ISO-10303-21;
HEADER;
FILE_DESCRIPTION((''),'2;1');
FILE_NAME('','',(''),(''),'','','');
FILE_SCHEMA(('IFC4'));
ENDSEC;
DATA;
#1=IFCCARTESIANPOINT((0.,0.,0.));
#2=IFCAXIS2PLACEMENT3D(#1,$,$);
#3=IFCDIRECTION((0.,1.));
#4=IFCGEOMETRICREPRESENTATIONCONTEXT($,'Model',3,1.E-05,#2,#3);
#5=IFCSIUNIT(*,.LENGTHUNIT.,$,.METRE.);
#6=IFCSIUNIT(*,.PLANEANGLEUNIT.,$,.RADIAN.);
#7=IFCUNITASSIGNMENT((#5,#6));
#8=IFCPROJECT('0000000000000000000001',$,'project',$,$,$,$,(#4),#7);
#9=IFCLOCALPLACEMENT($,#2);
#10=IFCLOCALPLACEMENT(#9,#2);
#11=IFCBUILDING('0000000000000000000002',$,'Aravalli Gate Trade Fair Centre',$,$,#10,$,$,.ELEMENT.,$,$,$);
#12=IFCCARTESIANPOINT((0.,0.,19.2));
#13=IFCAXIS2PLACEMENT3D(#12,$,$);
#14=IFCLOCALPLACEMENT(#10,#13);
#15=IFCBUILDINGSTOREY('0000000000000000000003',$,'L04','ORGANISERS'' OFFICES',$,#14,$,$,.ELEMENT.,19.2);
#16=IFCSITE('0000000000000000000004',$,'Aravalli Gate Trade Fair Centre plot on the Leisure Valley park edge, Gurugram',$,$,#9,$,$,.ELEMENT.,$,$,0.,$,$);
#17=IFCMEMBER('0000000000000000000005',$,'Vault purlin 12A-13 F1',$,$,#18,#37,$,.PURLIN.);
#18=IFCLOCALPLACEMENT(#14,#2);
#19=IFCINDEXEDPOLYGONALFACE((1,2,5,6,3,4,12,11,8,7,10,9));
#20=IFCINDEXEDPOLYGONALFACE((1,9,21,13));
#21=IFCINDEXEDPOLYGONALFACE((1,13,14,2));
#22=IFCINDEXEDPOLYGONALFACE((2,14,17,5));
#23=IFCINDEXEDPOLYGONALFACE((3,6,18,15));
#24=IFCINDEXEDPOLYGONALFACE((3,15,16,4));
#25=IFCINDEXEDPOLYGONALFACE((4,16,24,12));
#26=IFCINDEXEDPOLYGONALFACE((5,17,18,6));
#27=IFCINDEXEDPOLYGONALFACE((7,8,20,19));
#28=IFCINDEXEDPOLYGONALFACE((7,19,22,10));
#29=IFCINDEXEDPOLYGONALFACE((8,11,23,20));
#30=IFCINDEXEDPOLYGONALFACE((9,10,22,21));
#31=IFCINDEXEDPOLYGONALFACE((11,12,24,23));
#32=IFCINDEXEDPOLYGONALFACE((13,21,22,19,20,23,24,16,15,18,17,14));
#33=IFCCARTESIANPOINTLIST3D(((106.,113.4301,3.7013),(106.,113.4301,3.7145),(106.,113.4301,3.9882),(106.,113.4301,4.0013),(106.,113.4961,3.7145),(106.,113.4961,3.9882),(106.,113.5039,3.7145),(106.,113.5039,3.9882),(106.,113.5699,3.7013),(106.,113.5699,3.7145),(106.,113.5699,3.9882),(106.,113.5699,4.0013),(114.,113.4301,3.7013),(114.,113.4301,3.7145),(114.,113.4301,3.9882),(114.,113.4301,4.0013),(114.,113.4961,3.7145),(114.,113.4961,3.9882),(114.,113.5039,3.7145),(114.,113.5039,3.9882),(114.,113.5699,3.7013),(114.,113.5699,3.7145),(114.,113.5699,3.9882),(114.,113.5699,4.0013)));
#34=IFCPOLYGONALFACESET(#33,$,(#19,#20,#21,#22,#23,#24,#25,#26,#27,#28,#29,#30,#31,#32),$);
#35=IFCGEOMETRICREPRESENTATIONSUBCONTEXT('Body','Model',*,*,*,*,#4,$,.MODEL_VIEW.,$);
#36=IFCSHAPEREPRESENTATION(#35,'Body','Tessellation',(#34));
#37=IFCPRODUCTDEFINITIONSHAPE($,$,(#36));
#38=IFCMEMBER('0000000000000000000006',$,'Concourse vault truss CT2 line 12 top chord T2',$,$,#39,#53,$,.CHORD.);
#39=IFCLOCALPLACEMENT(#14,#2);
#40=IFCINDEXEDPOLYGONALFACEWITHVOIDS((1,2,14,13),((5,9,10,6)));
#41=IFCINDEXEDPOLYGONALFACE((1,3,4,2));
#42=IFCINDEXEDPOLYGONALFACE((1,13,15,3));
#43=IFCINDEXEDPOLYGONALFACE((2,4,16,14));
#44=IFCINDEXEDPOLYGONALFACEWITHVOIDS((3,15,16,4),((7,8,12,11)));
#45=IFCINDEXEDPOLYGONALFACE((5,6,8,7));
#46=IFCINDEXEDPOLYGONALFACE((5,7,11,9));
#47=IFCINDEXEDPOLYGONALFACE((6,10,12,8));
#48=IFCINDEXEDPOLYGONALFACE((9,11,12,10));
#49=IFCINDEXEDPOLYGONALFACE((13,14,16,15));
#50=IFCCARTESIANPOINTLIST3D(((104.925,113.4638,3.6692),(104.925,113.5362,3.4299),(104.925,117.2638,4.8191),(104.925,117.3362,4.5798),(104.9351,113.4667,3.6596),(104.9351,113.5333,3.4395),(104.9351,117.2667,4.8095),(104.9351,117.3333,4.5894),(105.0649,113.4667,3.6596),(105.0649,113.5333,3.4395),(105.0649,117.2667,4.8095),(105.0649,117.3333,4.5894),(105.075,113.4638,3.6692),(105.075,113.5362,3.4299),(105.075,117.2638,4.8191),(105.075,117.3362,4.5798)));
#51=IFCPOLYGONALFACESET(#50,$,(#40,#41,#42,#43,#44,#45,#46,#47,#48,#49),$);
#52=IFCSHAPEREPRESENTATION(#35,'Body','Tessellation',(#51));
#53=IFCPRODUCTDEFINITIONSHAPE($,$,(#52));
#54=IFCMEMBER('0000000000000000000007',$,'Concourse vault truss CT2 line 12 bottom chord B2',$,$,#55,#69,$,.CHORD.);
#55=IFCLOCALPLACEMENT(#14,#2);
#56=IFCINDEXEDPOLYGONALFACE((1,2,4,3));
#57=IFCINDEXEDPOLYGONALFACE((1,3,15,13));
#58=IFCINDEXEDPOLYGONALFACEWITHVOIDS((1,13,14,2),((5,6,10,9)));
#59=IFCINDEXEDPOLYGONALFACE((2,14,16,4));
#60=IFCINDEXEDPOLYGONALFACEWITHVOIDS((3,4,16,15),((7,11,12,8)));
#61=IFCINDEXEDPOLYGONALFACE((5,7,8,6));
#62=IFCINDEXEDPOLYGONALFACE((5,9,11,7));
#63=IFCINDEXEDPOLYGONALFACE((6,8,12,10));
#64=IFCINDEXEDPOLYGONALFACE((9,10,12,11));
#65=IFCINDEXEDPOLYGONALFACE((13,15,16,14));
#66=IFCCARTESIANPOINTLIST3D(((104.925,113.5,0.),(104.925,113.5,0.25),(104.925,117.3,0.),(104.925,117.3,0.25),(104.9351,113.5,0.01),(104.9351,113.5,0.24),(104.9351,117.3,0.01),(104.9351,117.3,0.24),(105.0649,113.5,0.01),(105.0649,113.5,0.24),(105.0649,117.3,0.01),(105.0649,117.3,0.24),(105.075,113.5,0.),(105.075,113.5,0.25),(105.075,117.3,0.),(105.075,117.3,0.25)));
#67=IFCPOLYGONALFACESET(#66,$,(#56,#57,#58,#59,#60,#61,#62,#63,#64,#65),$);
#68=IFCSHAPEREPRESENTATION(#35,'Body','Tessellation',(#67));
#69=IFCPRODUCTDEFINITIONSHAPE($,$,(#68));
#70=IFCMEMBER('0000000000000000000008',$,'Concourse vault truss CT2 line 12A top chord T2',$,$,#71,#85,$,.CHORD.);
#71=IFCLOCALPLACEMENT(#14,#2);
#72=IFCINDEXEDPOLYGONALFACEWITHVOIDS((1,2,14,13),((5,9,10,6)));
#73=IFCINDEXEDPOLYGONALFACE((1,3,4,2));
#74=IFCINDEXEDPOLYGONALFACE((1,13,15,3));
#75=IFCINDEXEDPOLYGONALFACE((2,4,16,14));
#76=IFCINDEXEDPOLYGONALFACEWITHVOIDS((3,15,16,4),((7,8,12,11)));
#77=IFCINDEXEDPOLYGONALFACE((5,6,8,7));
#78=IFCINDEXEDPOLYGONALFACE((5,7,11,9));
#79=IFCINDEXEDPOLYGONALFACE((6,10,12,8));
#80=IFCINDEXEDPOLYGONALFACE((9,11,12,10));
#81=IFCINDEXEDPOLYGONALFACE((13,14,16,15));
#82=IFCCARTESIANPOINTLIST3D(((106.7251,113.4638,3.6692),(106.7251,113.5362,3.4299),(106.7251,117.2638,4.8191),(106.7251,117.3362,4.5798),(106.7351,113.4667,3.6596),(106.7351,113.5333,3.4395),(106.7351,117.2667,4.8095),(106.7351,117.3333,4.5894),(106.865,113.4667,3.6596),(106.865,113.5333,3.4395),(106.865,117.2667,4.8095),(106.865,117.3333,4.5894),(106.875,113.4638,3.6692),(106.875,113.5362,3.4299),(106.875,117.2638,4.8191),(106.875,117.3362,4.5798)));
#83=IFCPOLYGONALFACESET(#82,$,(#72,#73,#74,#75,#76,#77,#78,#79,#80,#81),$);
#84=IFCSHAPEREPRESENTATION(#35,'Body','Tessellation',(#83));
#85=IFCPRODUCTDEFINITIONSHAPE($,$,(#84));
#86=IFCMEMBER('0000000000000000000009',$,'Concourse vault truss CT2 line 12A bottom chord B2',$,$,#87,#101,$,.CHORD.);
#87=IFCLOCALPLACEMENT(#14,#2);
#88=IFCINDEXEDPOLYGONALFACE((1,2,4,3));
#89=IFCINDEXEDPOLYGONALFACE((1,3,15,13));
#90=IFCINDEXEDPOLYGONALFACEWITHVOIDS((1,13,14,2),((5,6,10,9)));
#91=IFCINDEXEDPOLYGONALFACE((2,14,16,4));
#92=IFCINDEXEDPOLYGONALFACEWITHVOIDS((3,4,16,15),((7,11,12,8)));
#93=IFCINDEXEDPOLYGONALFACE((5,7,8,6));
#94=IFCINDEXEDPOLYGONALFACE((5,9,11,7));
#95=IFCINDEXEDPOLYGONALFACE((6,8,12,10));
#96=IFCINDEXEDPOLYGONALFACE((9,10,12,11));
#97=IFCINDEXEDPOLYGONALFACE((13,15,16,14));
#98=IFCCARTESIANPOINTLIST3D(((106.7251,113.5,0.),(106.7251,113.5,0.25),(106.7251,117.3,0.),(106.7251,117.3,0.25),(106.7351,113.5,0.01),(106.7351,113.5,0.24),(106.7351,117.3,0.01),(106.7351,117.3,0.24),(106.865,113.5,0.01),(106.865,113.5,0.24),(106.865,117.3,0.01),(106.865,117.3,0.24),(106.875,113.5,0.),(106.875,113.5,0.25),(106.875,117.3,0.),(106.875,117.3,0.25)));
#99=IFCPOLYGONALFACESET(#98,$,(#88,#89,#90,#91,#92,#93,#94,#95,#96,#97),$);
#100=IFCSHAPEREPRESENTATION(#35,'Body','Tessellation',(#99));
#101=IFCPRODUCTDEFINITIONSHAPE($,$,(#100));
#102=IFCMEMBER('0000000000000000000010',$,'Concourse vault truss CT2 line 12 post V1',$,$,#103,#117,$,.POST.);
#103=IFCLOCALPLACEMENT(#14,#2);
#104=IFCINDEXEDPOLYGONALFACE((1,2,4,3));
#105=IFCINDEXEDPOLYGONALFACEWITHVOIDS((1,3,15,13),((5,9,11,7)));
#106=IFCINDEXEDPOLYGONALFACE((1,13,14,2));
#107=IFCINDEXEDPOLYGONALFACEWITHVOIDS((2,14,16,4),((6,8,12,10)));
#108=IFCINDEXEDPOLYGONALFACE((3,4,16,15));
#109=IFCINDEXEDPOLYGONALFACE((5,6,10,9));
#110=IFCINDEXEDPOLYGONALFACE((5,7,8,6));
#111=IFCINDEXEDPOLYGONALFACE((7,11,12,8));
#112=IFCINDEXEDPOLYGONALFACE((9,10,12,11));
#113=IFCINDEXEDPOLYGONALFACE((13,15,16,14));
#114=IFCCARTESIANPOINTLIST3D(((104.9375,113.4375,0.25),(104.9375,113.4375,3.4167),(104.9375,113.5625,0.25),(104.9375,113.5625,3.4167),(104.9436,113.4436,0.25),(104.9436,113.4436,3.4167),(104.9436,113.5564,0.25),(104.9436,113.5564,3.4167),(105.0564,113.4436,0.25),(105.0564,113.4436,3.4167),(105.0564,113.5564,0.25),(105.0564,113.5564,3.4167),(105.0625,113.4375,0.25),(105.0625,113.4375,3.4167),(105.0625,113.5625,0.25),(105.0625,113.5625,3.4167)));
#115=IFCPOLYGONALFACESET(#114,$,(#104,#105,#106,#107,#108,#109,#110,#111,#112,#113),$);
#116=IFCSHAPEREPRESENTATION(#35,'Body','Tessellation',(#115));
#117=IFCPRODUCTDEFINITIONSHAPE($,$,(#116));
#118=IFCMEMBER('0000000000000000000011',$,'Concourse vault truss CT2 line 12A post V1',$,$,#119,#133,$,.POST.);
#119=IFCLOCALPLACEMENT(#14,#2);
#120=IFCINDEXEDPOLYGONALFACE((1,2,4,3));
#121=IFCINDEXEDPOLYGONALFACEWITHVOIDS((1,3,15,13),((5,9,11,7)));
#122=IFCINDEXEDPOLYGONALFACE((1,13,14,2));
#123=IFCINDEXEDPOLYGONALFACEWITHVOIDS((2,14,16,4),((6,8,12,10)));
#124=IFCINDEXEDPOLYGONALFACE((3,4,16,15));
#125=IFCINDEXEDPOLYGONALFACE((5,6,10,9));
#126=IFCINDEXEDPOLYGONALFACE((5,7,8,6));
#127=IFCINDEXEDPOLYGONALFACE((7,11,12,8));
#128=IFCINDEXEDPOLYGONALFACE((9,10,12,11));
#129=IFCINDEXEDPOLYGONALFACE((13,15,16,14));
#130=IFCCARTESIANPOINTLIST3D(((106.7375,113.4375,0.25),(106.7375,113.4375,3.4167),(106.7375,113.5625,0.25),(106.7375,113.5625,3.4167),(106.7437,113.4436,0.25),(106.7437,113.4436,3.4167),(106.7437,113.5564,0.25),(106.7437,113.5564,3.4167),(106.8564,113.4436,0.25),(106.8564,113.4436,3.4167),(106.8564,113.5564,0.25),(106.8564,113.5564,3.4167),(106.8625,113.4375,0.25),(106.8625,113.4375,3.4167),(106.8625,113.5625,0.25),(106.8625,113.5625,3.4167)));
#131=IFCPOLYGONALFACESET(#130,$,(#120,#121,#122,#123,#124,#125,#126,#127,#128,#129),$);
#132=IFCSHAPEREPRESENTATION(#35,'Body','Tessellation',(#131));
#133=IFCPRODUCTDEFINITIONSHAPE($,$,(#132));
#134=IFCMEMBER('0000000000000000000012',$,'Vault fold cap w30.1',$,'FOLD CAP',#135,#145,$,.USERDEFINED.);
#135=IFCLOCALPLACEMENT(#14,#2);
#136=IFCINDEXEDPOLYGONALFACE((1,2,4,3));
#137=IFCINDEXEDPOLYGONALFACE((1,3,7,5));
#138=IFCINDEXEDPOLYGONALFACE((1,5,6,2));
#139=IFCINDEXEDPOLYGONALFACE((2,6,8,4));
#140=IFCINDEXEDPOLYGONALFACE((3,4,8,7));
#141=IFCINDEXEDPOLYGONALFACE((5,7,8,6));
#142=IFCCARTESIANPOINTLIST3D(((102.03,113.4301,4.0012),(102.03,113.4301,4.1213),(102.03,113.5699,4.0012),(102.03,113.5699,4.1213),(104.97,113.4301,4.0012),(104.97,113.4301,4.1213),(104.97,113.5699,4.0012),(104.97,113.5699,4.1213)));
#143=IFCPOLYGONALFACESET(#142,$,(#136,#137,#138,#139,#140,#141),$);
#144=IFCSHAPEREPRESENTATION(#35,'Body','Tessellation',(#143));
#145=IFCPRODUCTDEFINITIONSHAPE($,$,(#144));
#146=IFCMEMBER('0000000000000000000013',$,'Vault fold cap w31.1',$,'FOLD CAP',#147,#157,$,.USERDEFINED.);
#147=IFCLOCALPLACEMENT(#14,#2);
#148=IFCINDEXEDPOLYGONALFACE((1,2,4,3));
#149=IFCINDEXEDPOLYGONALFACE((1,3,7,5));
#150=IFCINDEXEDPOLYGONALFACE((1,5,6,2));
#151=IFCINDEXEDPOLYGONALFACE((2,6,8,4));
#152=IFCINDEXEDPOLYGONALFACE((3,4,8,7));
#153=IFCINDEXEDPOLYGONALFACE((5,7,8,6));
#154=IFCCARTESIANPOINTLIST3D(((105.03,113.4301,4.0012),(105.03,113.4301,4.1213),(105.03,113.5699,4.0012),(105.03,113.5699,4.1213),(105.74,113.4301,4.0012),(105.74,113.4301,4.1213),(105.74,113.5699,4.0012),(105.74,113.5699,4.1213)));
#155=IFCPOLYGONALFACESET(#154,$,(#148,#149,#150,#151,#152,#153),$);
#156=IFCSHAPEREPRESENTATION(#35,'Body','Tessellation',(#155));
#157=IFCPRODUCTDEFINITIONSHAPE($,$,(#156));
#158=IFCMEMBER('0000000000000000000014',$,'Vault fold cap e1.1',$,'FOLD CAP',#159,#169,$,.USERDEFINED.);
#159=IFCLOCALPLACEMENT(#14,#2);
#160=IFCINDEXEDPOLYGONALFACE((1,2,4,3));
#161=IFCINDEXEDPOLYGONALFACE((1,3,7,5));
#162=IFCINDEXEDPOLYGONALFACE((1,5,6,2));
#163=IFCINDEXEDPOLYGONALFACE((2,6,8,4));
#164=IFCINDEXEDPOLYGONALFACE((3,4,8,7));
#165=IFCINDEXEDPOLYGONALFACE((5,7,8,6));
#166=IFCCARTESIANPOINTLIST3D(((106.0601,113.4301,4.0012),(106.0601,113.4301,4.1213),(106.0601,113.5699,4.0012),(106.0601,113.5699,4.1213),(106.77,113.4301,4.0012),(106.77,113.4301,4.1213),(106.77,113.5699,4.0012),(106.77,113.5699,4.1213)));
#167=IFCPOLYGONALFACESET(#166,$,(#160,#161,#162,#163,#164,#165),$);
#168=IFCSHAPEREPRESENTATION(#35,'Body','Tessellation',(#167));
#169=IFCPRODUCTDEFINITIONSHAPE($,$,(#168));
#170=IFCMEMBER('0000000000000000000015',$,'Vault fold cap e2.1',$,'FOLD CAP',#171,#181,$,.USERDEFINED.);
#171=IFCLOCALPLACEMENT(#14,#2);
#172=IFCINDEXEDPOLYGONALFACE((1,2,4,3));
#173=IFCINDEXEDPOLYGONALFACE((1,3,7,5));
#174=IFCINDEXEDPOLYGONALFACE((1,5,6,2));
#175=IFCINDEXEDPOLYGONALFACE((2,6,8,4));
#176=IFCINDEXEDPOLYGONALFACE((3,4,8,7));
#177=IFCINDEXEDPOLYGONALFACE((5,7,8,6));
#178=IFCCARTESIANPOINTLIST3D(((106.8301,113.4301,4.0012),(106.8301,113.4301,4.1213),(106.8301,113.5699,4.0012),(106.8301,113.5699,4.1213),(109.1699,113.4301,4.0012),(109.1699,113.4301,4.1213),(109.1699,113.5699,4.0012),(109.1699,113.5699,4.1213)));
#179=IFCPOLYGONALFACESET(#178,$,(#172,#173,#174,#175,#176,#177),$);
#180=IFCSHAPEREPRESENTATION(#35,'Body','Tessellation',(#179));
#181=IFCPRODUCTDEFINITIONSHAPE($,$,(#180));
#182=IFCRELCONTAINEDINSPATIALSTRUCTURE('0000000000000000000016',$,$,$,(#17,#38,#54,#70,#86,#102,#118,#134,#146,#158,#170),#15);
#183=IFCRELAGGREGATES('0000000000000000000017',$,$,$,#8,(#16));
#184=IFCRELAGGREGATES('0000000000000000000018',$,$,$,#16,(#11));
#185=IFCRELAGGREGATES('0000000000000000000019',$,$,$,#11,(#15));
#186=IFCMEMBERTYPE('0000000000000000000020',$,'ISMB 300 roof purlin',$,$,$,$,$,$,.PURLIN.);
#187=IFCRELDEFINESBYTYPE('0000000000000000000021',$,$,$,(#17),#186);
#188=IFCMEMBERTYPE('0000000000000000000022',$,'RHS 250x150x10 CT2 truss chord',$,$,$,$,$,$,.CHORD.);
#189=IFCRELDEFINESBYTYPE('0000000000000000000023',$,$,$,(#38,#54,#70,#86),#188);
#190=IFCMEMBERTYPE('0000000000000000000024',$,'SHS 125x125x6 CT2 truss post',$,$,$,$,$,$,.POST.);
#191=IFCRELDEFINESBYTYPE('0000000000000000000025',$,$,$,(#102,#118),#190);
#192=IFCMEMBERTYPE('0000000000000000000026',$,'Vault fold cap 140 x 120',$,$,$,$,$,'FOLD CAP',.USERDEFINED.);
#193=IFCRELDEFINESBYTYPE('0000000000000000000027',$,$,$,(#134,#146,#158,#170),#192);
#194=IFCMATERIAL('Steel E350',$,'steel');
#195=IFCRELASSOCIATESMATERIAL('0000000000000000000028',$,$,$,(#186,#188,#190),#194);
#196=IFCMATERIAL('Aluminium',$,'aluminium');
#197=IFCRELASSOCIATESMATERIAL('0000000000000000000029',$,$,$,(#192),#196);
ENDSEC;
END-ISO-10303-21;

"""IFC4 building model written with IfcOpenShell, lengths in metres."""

from ifc_helpers import new_model, si_unit, direction, frame, origin, origin_2d, place, context, subcontext, project, spatial, rectangle, hollow_rectangle, i_section, extrude, material, material_profile, profile_set, type_object, element, save


model = new_model("IFC4")

# Units and contexts
model_context = context("Model", 3, precision=1e-05, world=origin(), true_north=direction((0.0, 1.0)))
body_context = subcontext(model_context, "Body", "Model", "MODEL_VIEW")
ifc_project = project(units=[si_unit("LENGTHUNIT", "METRE"), si_unit("PLANEANGLEUNIT", "RADIAN")], contexts=[model_context])

# Site, building, storey
site_placement = place(None, origin())
site = spatial("IfcSite", under=ifc_project, at=site_placement, Name="Aravalli Gate Trade Fair Centre plot on the Leisure Valley park edge, Gurugram", CompositionType="ELEMENT", RefElevation=0.0)
building_placement = place(site_placement, origin())
building = spatial("IfcBuilding", under=site, at=building_placement, Name="Aravalli Gate Trade Fair Centre", CompositionType="ELEMENT")
storey_placement = place(building_placement, frame((0.0, 0.0, 19.2)))
storey = spatial("IfcBuildingStorey", under=building, at=storey_placement, Name="L04", Description="ORGANISERS' OFFICES", CompositionType="ELEMENT", Elevation=19.2)

# Members
ifc_material_1 = material(Name="Steel E350", Category="steel")
ifc_material_profile_1 = material_profile(ifc_material_1, i_section(OverallWidth=0.1399, OverallDepth=0.3, WebThickness=0.0078, FlangeThickness=0.0132, at=origin_2d()), Name="ISMB 300")
ifc_profile_set_1 = profile_set([ifc_material_profile_1], Name="Steel E350")
member_type_1 = type_object("IfcMemberType", Name="ISMB 300 roof purlin", PredefinedType="PURLIN", material=ifc_profile_set_1)
member_1_placement = place(storey_placement, frame((106.0, 113.5, 3.8513), z_axis=(1.0, 0.0, 0.0), x_axis=(0.0, 1.0, 0.0)))
element("IfcMember", 1, at=member_1_placement, inside=storey, type_object=member_type_1, Name="Vault purlin 12A-13 F1", PredefinedType="PURLIN", context=body_context, shape_type="SweptSolid", body=[
    extrude(i_section(OverallWidth=0.1399, OverallDepth=0.3, WebThickness=0.0078, FlangeThickness=0.0132, at=origin_2d()), origin(), (0.0, 0.0, 1.0), 8.0),
])
ifc_material_profile_2 = material_profile(ifc_material_1, hollow_rectangle(XDim=0.1499, YDim=0.25, WallThickness=0.01, at=origin_2d()), Name="RHS 250x150x10")
ifc_profile_set_2 = profile_set([ifc_material_profile_2], Name="Steel E350")
member_type_2 = type_object("IfcMemberType", Name="RHS 250x150x10 CT2 truss chord", PredefinedType="CHORD", material=ifc_profile_set_2)
member_2_placement = place(storey_placement, frame((105.0, 113.5, 3.5496), z_axis=(0.0, 0.957138, 0.289632), x_axis=(-1.0, 0.0, 0.0)))
element("IfcMember", 2, at=member_2_placement, inside=storey, type_object=member_type_2, Name="Concourse vault truss CT2 line 12 top chord T2", PredefinedType="CHORD", context=body_context, shape_type="SweptSolid", body=[
    extrude(hollow_rectangle(XDim=0.1499, YDim=0.25, WallThickness=0.01, at=origin_2d()), origin(), (0.0, 0.0, 1.0), 3.9702),
])
member_3_placement = place(storey_placement, frame((105.0, 113.5, 0.125), z_axis=(0.0, 1.0, 0.0), x_axis=(-1.0, 0.0, 0.0)))
element("IfcMember", 3, at=member_3_placement, inside=storey, type_object=member_type_2, Name="Concourse vault truss CT2 line 12 bottom chord B2", PredefinedType="CHORD", context=body_context, shape_type="SweptSolid", body=[
    extrude(hollow_rectangle(XDim=0.1499, YDim=0.25, WallThickness=0.01, at=origin_2d()), origin(), (0.0, 0.0, 1.0), 3.8),
])
member_4_placement = place(storey_placement, frame((106.8, 113.5, 3.5496), z_axis=(0.0, 0.957138, 0.289632), x_axis=(-1.0, 0.0, 0.0)))
element("IfcMember", 4, at=member_4_placement, inside=storey, type_object=member_type_2, Name="Concourse vault truss CT2 line 12A top chord T2", PredefinedType="CHORD", context=body_context, shape_type="SweptSolid", body=[
    extrude(hollow_rectangle(XDim=0.1499, YDim=0.25, WallThickness=0.01, at=origin_2d()), origin(), (0.0, 0.0, 1.0), 3.9702),
])
member_5_placement = place(storey_placement, frame((106.8, 113.5, 0.125), z_axis=(0.0, 1.0, 0.0), x_axis=(-1.0, 0.0, 0.0)))
element("IfcMember", 5, at=member_5_placement, inside=storey, type_object=member_type_2, Name="Concourse vault truss CT2 line 12A bottom chord B2", PredefinedType="CHORD", context=body_context, shape_type="SweptSolid", body=[
    extrude(hollow_rectangle(XDim=0.1499, YDim=0.25, WallThickness=0.01, at=origin_2d()), origin(), (0.0, 0.0, 1.0), 3.8),
])
ifc_material_profile_3 = material_profile(ifc_material_1, hollow_rectangle(XDim=0.125, YDim=0.125, WallThickness=0.0061, at=origin_2d()), Name="SHS 125x125x6")
ifc_profile_set_3 = profile_set([ifc_material_profile_3], Name="Steel E350")
member_type_3 = type_object("IfcMemberType", Name="SHS 125x125x6 CT2 truss post", PredefinedType="POST", material=ifc_profile_set_3)
for number, where, z_axis, x_axis, name in (
    (6, (105.0, 113.5, 0.25), (0.0, 0.0, 1.0), (1.0, 0.0, 0.0), "Concourse vault truss CT2 line 12 post V1"),
    (7, (106.8, 113.5, 0.25), (0.0, 0.0, 1.0), (1.0, 0.0, 0.0), "Concourse vault truss CT2 line 12A post V1"),
):
    element("IfcMember", number, at=place(storey_placement, frame(where, z_axis=z_axis, x_axis=x_axis)), inside=storey, type_object=member_type_3, Name=name, PredefinedType="POST", context=body_context, shape_type="SweptSolid", body=[
        extrude(hollow_rectangle(XDim=0.125, YDim=0.125, WallThickness=0.0061, at=origin_2d()), origin(), (0.0, 0.0, 1.0), 3.1667),
    ])
ifc_material_2 = material(Name="Aluminium", Category="aluminium")
ifc_material_profile_4 = material_profile(ifc_material_2, rectangle(XDim=0.1399, YDim=0.1201, at=origin_2d()), Name="Vault fold cap 140 x 120")
ifc_profile_set_4 = profile_set([ifc_material_profile_4], Name="Aluminium")
member_type_4 = type_object("IfcMemberType", Name="Vault fold cap 140 x 120", ElementType="FOLD CAP", PredefinedType="USERDEFINED", material=ifc_profile_set_4)
member_6_placement = place(storey_placement, frame((102.03, 113.5, 4.0613), z_axis=(1.0, 0.0, 0.0), x_axis=(0.0, 1.0, 0.0)))
element("IfcMember", 8, at=member_6_placement, inside=storey, type_object=member_type_4, Name="Vault fold cap w30.1", ObjectType="FOLD CAP", PredefinedType="USERDEFINED", context=body_context, shape_type="SweptSolid", body=[
    extrude(rectangle(XDim=0.1399, YDim=0.1201, at=origin_2d()), origin(), (0.0, 0.0, 1.0), 2.9399),
])
for number, where, z_axis, x_axis, name in (
    (9, (105.03, 113.5, 4.0613), (1.0, 0.0, 0.0), (0.0, 1.0, 0.0), "Vault fold cap w31.1"),
    (10, (106.0601, 113.5, 4.0613), (1.0, 0.0, 0.0), (0.0, 1.0, 0.0), "Vault fold cap e1.1"),
):
    element("IfcMember", number, at=place(storey_placement, frame(where, z_axis=z_axis, x_axis=x_axis)), inside=storey, type_object=member_type_4, Name=name, ObjectType="FOLD CAP", PredefinedType="USERDEFINED", context=body_context, shape_type="SweptSolid", body=[
        extrude(rectangle(XDim=0.1399, YDim=0.1201, at=origin_2d()), origin(), (0.0, 0.0, 1.0), 0.71),
    ])
member_7_placement = place(storey_placement, frame((106.8301, 113.5, 4.0613), z_axis=(1.0, 0.0, 0.0), x_axis=(0.0, 1.0, 0.0)))
element("IfcMember", 11, at=member_7_placement, inside=storey, type_object=member_type_4, Name="Vault fold cap e2.1", ObjectType="FOLD CAP", PredefinedType="USERDEFINED", context=body_context, shape_type="SweptSolid", body=[
    extrude(rectangle(XDim=0.1399, YDim=0.1201, at=origin_2d()), origin(), (0.0, 0.0, 1.0), 2.3398),
])

save(model, "model.ifc")
